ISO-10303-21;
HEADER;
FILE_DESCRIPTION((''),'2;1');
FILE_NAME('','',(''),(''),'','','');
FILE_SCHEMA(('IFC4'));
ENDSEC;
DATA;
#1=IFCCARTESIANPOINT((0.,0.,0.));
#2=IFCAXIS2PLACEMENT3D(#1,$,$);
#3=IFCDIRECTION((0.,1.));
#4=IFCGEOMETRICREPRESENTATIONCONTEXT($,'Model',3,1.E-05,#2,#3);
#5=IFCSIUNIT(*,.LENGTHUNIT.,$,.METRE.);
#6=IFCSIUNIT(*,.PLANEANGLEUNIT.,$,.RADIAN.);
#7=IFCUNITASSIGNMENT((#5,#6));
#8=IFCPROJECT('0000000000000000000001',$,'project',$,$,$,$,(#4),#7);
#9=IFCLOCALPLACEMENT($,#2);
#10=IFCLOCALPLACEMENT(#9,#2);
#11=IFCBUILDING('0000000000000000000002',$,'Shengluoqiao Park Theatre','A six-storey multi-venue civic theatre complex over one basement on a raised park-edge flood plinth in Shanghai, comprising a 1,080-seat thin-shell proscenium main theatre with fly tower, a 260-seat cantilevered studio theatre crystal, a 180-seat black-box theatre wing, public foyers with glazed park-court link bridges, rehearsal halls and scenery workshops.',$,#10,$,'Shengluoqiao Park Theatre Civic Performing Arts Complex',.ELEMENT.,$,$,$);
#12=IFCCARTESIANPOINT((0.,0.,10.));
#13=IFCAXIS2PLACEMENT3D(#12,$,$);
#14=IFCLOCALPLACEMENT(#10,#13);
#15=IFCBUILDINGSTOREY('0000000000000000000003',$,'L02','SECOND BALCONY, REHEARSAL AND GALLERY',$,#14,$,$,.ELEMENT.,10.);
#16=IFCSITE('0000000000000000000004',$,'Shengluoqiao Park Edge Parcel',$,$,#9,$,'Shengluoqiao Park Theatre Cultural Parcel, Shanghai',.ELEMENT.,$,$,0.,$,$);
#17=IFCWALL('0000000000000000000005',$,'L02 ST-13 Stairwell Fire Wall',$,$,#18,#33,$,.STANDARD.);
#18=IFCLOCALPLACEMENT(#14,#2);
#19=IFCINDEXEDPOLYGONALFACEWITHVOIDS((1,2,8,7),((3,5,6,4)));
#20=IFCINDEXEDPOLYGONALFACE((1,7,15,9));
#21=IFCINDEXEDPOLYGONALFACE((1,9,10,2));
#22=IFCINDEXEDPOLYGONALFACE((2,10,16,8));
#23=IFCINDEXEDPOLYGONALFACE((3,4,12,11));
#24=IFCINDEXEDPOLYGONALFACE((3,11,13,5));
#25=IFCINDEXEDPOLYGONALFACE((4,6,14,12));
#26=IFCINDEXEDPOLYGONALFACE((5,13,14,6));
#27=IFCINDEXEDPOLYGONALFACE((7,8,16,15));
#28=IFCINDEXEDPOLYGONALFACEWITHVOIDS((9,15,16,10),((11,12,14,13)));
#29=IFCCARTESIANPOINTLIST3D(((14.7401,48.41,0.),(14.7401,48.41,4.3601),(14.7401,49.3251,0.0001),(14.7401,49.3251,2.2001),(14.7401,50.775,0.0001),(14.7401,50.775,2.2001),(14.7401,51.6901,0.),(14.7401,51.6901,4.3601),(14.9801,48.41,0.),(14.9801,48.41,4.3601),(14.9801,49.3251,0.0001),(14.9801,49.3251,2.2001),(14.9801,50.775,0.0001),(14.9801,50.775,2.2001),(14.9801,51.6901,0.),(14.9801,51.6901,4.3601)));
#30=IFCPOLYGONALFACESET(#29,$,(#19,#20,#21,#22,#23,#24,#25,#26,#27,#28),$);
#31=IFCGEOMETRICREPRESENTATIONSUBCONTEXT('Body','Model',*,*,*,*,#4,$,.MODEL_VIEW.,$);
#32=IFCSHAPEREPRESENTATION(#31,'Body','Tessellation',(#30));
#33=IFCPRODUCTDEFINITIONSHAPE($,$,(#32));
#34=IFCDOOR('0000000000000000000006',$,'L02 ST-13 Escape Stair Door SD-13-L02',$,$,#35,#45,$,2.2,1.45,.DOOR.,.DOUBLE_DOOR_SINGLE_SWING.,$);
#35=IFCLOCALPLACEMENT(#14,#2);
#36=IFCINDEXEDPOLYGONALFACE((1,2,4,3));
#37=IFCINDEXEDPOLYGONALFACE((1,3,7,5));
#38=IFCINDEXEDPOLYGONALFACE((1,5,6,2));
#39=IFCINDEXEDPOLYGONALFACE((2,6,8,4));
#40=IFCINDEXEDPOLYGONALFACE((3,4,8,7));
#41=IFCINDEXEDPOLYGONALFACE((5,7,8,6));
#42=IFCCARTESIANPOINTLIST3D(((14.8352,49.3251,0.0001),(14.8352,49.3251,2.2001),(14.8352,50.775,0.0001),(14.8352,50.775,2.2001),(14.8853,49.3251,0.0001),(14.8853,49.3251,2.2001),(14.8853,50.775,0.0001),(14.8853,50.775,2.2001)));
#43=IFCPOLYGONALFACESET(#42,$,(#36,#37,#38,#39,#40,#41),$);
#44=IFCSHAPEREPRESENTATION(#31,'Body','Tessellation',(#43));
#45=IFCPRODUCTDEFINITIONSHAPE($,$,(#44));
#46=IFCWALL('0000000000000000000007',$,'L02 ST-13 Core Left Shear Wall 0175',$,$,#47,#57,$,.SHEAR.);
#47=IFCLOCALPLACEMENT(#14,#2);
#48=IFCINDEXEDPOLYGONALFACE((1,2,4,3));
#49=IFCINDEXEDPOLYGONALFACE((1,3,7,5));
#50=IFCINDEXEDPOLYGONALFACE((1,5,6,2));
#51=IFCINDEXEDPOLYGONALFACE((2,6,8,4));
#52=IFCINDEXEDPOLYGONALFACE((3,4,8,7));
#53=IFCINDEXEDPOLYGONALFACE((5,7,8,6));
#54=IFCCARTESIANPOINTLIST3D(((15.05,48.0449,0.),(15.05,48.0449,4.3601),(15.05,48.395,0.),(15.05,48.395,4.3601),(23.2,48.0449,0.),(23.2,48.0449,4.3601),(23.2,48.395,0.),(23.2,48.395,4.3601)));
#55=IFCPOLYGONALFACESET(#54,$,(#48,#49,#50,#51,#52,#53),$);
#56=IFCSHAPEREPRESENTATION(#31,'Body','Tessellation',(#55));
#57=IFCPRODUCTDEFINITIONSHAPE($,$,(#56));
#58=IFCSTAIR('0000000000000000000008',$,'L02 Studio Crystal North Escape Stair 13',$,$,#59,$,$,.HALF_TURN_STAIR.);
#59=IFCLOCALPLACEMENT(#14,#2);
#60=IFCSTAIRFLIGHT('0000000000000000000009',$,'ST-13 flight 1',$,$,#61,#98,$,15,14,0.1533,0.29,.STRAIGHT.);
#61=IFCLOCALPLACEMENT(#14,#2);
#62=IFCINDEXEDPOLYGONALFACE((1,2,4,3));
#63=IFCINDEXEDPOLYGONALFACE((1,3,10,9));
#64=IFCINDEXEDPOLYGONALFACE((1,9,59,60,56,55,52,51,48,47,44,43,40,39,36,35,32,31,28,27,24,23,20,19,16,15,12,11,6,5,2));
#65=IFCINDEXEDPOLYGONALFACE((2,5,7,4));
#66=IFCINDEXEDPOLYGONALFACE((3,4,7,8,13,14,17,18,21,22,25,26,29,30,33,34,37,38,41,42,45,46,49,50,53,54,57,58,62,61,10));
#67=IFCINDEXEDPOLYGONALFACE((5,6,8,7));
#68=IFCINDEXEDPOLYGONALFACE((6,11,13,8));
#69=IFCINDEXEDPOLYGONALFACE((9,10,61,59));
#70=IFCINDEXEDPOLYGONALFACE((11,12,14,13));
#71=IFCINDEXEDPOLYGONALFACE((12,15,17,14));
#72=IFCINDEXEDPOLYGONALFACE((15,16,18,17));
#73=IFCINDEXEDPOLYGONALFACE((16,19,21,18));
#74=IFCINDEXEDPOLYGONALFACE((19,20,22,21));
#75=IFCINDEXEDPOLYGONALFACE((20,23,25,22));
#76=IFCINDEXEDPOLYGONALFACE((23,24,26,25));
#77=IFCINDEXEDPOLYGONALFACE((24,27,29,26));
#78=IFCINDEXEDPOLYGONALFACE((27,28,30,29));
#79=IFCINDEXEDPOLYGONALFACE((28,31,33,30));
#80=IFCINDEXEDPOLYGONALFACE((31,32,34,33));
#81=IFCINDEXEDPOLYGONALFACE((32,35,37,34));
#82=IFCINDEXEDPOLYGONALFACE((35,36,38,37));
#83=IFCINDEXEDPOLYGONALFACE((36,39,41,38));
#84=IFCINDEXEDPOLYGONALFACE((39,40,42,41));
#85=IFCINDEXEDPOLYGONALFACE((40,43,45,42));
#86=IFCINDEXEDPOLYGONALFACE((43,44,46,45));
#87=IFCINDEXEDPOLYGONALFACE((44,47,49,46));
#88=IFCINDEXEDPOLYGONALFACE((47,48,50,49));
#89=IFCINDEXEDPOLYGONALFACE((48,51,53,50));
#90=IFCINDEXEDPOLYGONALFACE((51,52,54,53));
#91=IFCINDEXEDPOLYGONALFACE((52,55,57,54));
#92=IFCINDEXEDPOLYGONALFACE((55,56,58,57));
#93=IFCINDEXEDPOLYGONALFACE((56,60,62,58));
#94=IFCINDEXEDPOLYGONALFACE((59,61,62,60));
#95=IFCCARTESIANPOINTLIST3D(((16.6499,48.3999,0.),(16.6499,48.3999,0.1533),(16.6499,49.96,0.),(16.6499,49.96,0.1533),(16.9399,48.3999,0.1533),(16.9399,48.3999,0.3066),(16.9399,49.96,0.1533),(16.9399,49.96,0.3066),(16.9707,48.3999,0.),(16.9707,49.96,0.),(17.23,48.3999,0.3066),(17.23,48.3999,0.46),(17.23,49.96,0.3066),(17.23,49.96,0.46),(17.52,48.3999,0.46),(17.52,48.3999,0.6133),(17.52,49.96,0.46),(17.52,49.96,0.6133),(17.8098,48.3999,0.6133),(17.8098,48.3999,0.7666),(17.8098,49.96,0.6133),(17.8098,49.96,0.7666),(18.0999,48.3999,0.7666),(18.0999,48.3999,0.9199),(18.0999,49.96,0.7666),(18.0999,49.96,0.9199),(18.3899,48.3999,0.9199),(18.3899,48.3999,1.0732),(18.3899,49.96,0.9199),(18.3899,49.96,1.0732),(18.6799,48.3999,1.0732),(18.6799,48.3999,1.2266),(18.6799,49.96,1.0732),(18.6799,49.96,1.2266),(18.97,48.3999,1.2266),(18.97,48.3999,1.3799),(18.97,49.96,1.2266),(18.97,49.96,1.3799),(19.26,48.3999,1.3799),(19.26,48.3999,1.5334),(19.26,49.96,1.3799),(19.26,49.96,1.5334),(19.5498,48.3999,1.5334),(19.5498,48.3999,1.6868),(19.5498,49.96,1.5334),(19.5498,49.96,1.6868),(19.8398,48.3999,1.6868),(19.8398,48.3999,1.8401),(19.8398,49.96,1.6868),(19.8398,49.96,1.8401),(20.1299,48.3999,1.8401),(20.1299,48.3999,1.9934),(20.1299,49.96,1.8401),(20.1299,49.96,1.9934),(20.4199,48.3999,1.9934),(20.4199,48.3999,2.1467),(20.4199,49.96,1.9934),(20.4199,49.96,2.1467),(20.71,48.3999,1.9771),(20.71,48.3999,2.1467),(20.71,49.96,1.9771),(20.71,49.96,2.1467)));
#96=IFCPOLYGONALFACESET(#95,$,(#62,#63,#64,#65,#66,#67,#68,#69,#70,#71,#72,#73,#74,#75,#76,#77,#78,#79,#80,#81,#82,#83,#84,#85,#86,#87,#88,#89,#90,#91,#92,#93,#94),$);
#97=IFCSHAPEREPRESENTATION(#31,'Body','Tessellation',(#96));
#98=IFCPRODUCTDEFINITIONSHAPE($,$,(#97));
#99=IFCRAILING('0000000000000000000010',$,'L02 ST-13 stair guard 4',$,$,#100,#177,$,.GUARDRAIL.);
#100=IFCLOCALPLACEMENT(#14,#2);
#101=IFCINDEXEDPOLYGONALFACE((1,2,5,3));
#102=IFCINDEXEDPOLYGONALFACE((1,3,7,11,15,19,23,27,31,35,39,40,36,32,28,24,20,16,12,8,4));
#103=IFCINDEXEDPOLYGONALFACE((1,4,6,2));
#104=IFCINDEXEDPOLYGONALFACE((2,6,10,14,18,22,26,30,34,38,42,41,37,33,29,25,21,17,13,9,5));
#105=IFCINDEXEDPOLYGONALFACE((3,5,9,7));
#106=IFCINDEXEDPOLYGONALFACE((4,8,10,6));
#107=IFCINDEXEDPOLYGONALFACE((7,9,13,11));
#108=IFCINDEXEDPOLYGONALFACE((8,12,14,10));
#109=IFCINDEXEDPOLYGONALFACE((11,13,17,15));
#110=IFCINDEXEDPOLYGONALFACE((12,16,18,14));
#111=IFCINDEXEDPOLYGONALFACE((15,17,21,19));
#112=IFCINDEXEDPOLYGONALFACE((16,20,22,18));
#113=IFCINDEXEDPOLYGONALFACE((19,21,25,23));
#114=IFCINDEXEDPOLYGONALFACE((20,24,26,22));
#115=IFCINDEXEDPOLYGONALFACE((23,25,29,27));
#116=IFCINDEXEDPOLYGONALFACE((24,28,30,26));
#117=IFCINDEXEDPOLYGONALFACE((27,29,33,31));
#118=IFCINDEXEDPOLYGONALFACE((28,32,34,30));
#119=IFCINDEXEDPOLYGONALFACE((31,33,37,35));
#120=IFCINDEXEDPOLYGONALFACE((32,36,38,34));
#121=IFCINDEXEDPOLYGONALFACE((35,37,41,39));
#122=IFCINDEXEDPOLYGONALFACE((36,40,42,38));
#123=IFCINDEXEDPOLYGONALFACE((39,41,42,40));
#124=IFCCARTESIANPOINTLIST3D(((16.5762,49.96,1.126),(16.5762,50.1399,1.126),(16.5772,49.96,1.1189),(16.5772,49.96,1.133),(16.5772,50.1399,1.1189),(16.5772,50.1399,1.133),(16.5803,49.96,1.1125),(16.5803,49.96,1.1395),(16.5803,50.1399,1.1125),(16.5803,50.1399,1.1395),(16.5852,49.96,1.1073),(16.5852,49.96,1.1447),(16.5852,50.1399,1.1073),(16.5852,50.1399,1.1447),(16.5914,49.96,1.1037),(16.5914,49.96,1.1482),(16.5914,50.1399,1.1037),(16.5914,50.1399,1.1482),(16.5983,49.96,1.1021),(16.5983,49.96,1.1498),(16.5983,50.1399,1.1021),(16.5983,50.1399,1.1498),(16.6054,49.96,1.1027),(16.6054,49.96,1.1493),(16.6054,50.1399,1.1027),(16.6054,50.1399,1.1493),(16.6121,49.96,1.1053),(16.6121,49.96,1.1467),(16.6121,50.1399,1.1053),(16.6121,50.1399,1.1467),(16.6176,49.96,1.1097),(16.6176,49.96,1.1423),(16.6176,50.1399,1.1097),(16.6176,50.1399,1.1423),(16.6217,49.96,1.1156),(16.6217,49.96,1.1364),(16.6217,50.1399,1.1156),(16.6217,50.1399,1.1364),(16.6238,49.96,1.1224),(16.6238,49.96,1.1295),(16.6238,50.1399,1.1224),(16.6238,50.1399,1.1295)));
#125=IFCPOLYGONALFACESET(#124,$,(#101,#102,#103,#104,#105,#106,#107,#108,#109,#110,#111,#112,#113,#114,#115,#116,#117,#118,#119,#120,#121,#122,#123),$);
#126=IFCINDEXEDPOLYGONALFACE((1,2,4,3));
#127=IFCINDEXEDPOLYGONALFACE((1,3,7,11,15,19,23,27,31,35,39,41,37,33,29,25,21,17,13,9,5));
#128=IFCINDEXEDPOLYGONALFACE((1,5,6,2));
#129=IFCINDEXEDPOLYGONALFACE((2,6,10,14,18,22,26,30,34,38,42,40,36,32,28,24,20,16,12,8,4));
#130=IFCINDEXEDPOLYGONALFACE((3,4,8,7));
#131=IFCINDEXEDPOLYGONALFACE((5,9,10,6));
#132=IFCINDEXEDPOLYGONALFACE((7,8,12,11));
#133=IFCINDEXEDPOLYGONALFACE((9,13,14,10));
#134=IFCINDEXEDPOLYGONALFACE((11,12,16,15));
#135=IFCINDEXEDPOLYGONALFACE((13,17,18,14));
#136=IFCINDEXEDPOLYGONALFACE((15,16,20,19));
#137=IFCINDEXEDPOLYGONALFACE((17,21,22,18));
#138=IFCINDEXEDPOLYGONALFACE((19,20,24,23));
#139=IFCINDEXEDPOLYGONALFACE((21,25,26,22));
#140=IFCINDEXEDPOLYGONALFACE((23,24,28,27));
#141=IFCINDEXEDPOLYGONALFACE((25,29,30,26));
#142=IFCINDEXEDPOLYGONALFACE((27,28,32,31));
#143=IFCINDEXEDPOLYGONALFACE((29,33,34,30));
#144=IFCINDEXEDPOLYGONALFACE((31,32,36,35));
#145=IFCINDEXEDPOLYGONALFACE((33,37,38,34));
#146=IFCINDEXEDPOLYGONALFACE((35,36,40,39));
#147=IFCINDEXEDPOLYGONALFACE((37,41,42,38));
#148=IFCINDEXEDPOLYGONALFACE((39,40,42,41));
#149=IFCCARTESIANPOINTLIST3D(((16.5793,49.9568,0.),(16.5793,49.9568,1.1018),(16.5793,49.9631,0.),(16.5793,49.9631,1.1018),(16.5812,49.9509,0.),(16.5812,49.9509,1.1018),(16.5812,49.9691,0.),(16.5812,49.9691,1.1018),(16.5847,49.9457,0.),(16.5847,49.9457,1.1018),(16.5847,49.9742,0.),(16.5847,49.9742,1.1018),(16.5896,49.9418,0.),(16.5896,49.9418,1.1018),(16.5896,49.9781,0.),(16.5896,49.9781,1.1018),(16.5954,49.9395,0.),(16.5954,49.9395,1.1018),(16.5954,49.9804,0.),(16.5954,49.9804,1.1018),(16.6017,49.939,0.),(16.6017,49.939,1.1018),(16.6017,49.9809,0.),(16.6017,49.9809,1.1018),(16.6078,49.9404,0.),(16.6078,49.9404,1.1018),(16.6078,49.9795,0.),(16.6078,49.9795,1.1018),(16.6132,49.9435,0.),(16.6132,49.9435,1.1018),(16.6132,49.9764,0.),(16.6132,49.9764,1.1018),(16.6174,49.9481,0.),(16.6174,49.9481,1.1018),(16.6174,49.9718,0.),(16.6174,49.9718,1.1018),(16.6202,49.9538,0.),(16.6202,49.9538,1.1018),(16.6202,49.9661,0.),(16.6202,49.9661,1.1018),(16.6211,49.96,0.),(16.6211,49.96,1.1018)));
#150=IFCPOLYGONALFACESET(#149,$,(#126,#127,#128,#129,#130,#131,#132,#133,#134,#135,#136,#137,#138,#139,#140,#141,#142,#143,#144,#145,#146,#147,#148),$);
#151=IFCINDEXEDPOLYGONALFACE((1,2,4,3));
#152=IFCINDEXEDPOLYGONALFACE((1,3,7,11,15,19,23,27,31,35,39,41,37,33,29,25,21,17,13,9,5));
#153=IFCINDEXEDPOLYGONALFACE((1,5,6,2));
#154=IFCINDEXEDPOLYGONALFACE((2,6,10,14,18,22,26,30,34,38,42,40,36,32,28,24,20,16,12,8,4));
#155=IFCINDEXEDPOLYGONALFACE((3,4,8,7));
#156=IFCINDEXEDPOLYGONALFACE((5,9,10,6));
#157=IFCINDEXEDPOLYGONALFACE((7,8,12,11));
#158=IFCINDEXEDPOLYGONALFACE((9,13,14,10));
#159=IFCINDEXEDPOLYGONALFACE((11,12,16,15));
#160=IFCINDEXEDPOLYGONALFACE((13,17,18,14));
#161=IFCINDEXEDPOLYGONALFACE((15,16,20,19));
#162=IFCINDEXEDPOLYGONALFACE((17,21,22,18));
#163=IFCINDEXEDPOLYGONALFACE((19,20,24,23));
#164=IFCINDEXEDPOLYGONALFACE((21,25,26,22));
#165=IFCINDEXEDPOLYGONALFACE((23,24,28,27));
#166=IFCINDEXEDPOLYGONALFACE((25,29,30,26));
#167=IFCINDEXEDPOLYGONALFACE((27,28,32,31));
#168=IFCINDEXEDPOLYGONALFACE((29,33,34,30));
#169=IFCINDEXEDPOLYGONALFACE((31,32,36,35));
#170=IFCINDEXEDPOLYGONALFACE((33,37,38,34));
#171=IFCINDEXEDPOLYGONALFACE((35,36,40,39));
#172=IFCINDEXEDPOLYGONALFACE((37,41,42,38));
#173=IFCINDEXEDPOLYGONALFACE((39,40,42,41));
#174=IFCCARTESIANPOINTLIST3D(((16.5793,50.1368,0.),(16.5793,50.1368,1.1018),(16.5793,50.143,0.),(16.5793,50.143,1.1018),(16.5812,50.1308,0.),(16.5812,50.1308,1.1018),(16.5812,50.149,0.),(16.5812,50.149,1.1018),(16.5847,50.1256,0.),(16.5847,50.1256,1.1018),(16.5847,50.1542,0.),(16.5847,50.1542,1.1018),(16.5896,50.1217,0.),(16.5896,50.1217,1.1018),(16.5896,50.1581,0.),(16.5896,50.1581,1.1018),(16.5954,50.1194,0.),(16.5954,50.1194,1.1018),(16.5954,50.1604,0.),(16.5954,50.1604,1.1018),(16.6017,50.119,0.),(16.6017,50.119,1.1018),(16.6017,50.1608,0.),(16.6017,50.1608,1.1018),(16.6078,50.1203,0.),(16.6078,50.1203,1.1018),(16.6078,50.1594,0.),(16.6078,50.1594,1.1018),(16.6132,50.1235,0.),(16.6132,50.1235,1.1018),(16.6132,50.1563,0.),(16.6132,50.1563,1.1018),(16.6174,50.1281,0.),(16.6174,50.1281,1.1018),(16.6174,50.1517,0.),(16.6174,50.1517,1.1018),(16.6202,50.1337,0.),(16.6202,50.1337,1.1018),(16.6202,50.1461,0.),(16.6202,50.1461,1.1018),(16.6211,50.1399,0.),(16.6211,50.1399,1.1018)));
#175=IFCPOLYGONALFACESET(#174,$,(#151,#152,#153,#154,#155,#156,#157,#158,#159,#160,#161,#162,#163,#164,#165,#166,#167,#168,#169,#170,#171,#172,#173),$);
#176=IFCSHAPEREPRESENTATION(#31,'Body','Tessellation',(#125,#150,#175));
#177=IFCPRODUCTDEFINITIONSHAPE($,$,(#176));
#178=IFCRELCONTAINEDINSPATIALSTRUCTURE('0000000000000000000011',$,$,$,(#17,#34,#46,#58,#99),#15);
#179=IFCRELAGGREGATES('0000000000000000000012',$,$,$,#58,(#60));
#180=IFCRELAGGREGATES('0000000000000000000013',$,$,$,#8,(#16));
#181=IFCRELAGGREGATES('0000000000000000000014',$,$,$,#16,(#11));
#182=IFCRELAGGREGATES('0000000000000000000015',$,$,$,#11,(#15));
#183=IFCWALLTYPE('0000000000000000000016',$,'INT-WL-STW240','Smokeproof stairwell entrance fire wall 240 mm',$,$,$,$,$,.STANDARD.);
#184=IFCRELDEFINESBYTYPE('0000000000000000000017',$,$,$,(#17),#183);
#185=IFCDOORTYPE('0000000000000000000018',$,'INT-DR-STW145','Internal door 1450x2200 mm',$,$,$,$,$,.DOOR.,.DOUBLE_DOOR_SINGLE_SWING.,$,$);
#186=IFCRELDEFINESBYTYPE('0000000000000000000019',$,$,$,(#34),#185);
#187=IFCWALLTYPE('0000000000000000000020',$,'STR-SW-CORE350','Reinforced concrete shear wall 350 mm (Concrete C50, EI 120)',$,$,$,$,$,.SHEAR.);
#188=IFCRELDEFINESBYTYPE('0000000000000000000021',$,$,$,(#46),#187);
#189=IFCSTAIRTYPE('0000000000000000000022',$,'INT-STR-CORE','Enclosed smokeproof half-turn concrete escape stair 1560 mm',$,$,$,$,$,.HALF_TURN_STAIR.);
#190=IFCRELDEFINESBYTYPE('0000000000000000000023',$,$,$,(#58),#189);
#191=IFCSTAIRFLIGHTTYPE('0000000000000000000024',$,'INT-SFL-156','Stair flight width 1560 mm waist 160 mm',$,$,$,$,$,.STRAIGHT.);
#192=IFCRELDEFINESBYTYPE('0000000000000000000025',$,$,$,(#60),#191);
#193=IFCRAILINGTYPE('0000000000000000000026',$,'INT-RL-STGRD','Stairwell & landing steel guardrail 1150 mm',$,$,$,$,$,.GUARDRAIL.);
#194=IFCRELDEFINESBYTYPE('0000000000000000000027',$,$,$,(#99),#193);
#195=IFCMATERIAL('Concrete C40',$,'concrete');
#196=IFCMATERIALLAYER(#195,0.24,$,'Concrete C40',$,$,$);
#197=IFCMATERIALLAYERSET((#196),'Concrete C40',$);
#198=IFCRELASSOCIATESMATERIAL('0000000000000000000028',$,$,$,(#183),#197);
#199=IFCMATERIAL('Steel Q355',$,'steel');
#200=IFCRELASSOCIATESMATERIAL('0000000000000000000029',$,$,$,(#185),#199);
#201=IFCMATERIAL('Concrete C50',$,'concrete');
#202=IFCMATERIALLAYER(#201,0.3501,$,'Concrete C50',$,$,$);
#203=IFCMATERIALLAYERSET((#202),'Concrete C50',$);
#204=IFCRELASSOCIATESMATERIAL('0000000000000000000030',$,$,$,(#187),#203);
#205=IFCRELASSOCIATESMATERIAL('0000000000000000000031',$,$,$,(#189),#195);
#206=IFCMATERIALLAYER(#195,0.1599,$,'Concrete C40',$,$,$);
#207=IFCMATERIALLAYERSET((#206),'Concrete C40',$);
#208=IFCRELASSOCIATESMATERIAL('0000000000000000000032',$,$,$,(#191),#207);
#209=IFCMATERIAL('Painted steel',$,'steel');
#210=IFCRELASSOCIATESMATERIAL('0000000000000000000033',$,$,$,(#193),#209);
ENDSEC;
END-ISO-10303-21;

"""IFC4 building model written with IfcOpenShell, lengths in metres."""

from ifc_helpers import new_model, si_unit, direction, frame, frame_2d, origin, origin_2d, place, context, subcontext, project, spatial, polyline, rectangle, circle, outline, extrude, material, layer, layer_set, type_object, element, fill, aggregate, save


model = new_model("IFC4")

# Units and contexts
model_context = context("Model", 3, precision=1e-05, world=origin(), true_north=direction((0.0, 1.0)))
body_context = subcontext(model_context, "Body", "Model", "MODEL_VIEW")
ifc_project = project(units=[si_unit("LENGTHUNIT", "METRE"), si_unit("PLANEANGLEUNIT", "RADIAN")], contexts=[model_context])

# Site, building, storey
site_placement = place(None, origin())
site = spatial("IfcSite", under=ifc_project, at=site_placement, Name="Shengluoqiao Park Edge Parcel", LongName="Shengluoqiao Park Theatre Cultural Parcel, Shanghai", CompositionType="ELEMENT", RefElevation=0.0)
building_placement = place(site_placement, origin())
building = spatial("IfcBuilding", under=site, at=building_placement, Name="Shengluoqiao Park Theatre", Description="A six-storey multi-venue civic theatre complex over one basement on a raised park-edge flood plinth in Shanghai, comprising a 1,080-seat thin-shell proscenium main theatre with fly tower, a 260-seat cantilevered studio theatre crystal, a 180-seat black-box theatre wing, public foyers with glazed park-court link bridges, rehearsal halls and scenery workshops.", LongName="Shengluoqiao Park Theatre Civic Performing Arts Complex", CompositionType="ELEMENT")
storey_placement = place(building_placement, frame((0.0, 0.0, 10.0)))
storey = spatial("IfcBuildingStorey", under=building, at=storey_placement, Name="L02", Description="SECOND BALCONY, REHEARSAL AND GALLERY", CompositionType="ELEMENT", Elevation=10.0)

# Shared definitions
ifc_material_1 = material(Name="Steel Q355", Category="steel")

# Wall, opening, door
ifc_material_2 = material(Name="Concrete C40", Category="concrete")
ifc_layer_1 = layer(ifc_material_2, 0.24, Name="Concrete C40")
ifc_layer_set_1 = layer_set([ifc_layer_1], Name="Concrete C40")
wall_type_1 = type_object("IfcWallType", Name="INT-WL-STW240", Description="Smokeproof stairwell entrance fire wall 240 mm", PredefinedType="STANDARD", material=ifc_layer_set_1)
wall_1_placement = place(storey_placement, frame((14.8601, 48.4099, 0.0), z_axis=(0.0, 0.0, 1.0), x_axis=(0.0, 1.0, 0.0)))
wall_1 = element("IfcWall", 1, at=wall_1_placement, inside=storey, type_object=wall_type_1, Name="L02 ST-13 Stairwell Fire Wall", PredefinedType="STANDARD", context=body_context, shape_type="SweptSolid", body=[
    extrude(rectangle(XDim=3.28, YDim=0.24, at=frame_2d((1.6401, 0.0))), origin(), (0.0, 0.0, 1.0), 4.3601),
])
opening_1_placement = place(wall_1_placement, frame((0.915, 0.0, 0.0)))
opening_1 = element("IfcOpeningElement", 2, at=opening_1_placement, cuts=wall_1, PredefinedType="OPENING", context=body_context, shape_type="SweptSolid", body=[
    extrude(rectangle(XDim=1.45, YDim=2.2, at=frame_2d((0.7251, 1.1001))), frame((0.0, 0.1299, 0.0), z_axis=(0.0, -1.0, 0.0), x_axis=(1.0, 0.0, 0.0)), (0.0, 0.0, 1.0), 0.26),
])
door_type_1 = type_object("IfcDoorType", Name="INT-DR-STW145", Description="Internal door 1450x2200 mm", OperationType="DOUBLE_DOOR_SINGLE_SWING", PredefinedType="DOOR", material=ifc_material_1)
door_1_placement = place(opening_1_placement, origin())
door_1 = element("IfcDoor", 3, at=door_1_placement, inside=storey, type_object=door_type_1, Name="L02 ST-13 Escape Stair Door SD-13-L02", OperationType="DOUBLE_DOOR_SINGLE_SWING", OverallHeight=2.2, OverallWidth=1.45, PredefinedType="DOOR", context=body_context, shape_type="SweptSolid", body=[
    extrude(rectangle(XDim=1.45, YDim=2.2, at=frame_2d((0.7251, 1.1001))), frame((0.0, 0.0249, 0.0), z_axis=(0.0, -1.0, 0.0), x_axis=(1.0, 0.0, 0.0)), (0.0, 0.0, 1.0), 0.05),
])
fill(opening_1, door_1)

# Wall
ifc_material_3 = material(Name="Concrete C50", Category="concrete")
ifc_layer_2 = layer(ifc_material_3, 0.3501, Name="Concrete C50")
ifc_layer_set_2 = layer_set([ifc_layer_2], Name="Concrete C50")
wall_type_2 = type_object("IfcWallType", Name="STR-SW-CORE350", Description="Reinforced concrete shear wall 350 mm (Concrete C50, EI 120)", PredefinedType="SHEAR", material=ifc_layer_set_2)
wall_2_placement = place(storey_placement, frame((15.05, 48.22, 0.0), z_axis=(0.0, 0.0, 1.0), x_axis=(1.0, 0.0, 0.0)))
element("IfcWall", 4, at=wall_2_placement, inside=storey, type_object=wall_type_2, Name="L02 ST-13 Core Left Shear Wall 0175", PredefinedType="SHEAR", context=body_context, shape_type="SweptSolid", body=[
    extrude(rectangle(XDim=8.1499, YDim=0.3501, at=frame_2d((4.075, 0.0))), origin(), (0.0, 0.0, 1.0), 4.3601),
])

# Stair, stair flight
stair_type = type_object("IfcStairType", Name="INT-STR-CORE", Description="Enclosed smokeproof half-turn concrete escape stair 1560 mm", PredefinedType="HALF_TURN_STAIR", material=ifc_material_2)
stair_placement = place(storey_placement, origin())
stair = element("IfcStair", 5, at=stair_placement, inside=storey, type_object=stair_type, Name="L02 Studio Crystal North Escape Stair 13", PredefinedType="HALF_TURN_STAIR")
ifc_layer_3 = layer(ifc_material_2, 0.1599, Name="Concrete C40")
ifc_layer_set_3 = layer_set([ifc_layer_3], Name="Concrete C40")
stair_flight_type = type_object("IfcStairFlightType", Name="INT-SFL-156", Description="Stair flight width 1560 mm waist 160 mm", PredefinedType="STRAIGHT", material=ifc_layer_set_3)
stair_flight_placement = place(storey_placement, frame((16.6499, 49.1799, 0.0), z_axis=(0.0, 0.0, 1.0), x_axis=(1.0, 0.0, 0.0)))
stair_flight = element("IfcStairFlight", 6, at=stair_flight_placement, type_object=stair_flight_type, Name="ST-13 flight 1", NumberOfRisers=15, NumberOfTreads=14, PredefinedType="STRAIGHT", RiserHeight=0.1533, TreadLength=0.29, context=body_context, shape_type="SweptSolid", body=[
    extrude(outline(polyline([(0.0, 0.0), (0.0, 0.1533), (0.29, 0.1533), (0.29, 0.3066), (0.5801, 0.3066), (0.5801, 0.46), (0.8701, 0.46), (0.8701, 0.6133), (1.1599, 0.6133), (1.1599, 0.7666), (1.45, 0.7666), (1.45, 0.9199), (1.74, 0.9199), (1.74, 1.0732), (2.03, 1.0732), (2.03, 1.2266), (2.3201, 1.2266), (2.3201, 1.3799), (2.6101, 1.3799), (2.6101, 1.5334), (2.8999, 1.5334), (2.8999, 1.6868), (3.1899, 1.6868), (3.1899, 1.8401), (3.48, 1.8401), (3.48, 1.9934), (3.77, 1.9934), (3.77, 2.1467), (4.0601, 2.1467), (4.0601, 2.3), (4.0601, 1.9771), (0.3208, 0.0), (0.0, 0.0)])), frame((0.0, 0.78, 0.0), z_axis=(0.0, -1.0, 0.0), x_axis=(1.0, 0.0, 0.0)), (0.0, 0.0, 1.0), 1.5601),
])
aggregate(stair, [stair_flight])

# Railing
ifc_material_4 = material(Name="Painted steel", Category="steel")
railing_type_1 = type_object("IfcRailingType", Name="INT-RL-STGRD", Description="Stairwell & landing steel guardrail 1150 mm", PredefinedType="GUARDRAIL", material=ifc_material_4)
railing_1_placement = place(storey_placement, frame((16.6001, 49.96, 0.0)))
element("IfcRailing", 7, at=railing_1_placement, inside=storey, type_object=railing_type_1, Name="L02 ST-13 stair guard 4", PredefinedType="GUARDRAIL", context=body_context, shape_type="SweptSolid", body=[
    extrude(circle(Radius=0.0239, at=origin_2d()), frame((0.0, 0.0, 1.126), z_axis=(0.0, 1.0, 0.0), x_axis=(-1.0, 0.0, 0.0)), (0.0, 0.0, 1.0), 0.1799),
    extrude(circle(Radius=0.021, at=origin_2d()), origin(), (0.0, 0.0, 1.0), 1.1018),
    extrude(circle(Radius=0.021, at=origin_2d()), frame((0.0, 0.1799, 0.0)), (0.0, 0.0, 1.0), 1.1018),
])

save(model, "model.ifc")
